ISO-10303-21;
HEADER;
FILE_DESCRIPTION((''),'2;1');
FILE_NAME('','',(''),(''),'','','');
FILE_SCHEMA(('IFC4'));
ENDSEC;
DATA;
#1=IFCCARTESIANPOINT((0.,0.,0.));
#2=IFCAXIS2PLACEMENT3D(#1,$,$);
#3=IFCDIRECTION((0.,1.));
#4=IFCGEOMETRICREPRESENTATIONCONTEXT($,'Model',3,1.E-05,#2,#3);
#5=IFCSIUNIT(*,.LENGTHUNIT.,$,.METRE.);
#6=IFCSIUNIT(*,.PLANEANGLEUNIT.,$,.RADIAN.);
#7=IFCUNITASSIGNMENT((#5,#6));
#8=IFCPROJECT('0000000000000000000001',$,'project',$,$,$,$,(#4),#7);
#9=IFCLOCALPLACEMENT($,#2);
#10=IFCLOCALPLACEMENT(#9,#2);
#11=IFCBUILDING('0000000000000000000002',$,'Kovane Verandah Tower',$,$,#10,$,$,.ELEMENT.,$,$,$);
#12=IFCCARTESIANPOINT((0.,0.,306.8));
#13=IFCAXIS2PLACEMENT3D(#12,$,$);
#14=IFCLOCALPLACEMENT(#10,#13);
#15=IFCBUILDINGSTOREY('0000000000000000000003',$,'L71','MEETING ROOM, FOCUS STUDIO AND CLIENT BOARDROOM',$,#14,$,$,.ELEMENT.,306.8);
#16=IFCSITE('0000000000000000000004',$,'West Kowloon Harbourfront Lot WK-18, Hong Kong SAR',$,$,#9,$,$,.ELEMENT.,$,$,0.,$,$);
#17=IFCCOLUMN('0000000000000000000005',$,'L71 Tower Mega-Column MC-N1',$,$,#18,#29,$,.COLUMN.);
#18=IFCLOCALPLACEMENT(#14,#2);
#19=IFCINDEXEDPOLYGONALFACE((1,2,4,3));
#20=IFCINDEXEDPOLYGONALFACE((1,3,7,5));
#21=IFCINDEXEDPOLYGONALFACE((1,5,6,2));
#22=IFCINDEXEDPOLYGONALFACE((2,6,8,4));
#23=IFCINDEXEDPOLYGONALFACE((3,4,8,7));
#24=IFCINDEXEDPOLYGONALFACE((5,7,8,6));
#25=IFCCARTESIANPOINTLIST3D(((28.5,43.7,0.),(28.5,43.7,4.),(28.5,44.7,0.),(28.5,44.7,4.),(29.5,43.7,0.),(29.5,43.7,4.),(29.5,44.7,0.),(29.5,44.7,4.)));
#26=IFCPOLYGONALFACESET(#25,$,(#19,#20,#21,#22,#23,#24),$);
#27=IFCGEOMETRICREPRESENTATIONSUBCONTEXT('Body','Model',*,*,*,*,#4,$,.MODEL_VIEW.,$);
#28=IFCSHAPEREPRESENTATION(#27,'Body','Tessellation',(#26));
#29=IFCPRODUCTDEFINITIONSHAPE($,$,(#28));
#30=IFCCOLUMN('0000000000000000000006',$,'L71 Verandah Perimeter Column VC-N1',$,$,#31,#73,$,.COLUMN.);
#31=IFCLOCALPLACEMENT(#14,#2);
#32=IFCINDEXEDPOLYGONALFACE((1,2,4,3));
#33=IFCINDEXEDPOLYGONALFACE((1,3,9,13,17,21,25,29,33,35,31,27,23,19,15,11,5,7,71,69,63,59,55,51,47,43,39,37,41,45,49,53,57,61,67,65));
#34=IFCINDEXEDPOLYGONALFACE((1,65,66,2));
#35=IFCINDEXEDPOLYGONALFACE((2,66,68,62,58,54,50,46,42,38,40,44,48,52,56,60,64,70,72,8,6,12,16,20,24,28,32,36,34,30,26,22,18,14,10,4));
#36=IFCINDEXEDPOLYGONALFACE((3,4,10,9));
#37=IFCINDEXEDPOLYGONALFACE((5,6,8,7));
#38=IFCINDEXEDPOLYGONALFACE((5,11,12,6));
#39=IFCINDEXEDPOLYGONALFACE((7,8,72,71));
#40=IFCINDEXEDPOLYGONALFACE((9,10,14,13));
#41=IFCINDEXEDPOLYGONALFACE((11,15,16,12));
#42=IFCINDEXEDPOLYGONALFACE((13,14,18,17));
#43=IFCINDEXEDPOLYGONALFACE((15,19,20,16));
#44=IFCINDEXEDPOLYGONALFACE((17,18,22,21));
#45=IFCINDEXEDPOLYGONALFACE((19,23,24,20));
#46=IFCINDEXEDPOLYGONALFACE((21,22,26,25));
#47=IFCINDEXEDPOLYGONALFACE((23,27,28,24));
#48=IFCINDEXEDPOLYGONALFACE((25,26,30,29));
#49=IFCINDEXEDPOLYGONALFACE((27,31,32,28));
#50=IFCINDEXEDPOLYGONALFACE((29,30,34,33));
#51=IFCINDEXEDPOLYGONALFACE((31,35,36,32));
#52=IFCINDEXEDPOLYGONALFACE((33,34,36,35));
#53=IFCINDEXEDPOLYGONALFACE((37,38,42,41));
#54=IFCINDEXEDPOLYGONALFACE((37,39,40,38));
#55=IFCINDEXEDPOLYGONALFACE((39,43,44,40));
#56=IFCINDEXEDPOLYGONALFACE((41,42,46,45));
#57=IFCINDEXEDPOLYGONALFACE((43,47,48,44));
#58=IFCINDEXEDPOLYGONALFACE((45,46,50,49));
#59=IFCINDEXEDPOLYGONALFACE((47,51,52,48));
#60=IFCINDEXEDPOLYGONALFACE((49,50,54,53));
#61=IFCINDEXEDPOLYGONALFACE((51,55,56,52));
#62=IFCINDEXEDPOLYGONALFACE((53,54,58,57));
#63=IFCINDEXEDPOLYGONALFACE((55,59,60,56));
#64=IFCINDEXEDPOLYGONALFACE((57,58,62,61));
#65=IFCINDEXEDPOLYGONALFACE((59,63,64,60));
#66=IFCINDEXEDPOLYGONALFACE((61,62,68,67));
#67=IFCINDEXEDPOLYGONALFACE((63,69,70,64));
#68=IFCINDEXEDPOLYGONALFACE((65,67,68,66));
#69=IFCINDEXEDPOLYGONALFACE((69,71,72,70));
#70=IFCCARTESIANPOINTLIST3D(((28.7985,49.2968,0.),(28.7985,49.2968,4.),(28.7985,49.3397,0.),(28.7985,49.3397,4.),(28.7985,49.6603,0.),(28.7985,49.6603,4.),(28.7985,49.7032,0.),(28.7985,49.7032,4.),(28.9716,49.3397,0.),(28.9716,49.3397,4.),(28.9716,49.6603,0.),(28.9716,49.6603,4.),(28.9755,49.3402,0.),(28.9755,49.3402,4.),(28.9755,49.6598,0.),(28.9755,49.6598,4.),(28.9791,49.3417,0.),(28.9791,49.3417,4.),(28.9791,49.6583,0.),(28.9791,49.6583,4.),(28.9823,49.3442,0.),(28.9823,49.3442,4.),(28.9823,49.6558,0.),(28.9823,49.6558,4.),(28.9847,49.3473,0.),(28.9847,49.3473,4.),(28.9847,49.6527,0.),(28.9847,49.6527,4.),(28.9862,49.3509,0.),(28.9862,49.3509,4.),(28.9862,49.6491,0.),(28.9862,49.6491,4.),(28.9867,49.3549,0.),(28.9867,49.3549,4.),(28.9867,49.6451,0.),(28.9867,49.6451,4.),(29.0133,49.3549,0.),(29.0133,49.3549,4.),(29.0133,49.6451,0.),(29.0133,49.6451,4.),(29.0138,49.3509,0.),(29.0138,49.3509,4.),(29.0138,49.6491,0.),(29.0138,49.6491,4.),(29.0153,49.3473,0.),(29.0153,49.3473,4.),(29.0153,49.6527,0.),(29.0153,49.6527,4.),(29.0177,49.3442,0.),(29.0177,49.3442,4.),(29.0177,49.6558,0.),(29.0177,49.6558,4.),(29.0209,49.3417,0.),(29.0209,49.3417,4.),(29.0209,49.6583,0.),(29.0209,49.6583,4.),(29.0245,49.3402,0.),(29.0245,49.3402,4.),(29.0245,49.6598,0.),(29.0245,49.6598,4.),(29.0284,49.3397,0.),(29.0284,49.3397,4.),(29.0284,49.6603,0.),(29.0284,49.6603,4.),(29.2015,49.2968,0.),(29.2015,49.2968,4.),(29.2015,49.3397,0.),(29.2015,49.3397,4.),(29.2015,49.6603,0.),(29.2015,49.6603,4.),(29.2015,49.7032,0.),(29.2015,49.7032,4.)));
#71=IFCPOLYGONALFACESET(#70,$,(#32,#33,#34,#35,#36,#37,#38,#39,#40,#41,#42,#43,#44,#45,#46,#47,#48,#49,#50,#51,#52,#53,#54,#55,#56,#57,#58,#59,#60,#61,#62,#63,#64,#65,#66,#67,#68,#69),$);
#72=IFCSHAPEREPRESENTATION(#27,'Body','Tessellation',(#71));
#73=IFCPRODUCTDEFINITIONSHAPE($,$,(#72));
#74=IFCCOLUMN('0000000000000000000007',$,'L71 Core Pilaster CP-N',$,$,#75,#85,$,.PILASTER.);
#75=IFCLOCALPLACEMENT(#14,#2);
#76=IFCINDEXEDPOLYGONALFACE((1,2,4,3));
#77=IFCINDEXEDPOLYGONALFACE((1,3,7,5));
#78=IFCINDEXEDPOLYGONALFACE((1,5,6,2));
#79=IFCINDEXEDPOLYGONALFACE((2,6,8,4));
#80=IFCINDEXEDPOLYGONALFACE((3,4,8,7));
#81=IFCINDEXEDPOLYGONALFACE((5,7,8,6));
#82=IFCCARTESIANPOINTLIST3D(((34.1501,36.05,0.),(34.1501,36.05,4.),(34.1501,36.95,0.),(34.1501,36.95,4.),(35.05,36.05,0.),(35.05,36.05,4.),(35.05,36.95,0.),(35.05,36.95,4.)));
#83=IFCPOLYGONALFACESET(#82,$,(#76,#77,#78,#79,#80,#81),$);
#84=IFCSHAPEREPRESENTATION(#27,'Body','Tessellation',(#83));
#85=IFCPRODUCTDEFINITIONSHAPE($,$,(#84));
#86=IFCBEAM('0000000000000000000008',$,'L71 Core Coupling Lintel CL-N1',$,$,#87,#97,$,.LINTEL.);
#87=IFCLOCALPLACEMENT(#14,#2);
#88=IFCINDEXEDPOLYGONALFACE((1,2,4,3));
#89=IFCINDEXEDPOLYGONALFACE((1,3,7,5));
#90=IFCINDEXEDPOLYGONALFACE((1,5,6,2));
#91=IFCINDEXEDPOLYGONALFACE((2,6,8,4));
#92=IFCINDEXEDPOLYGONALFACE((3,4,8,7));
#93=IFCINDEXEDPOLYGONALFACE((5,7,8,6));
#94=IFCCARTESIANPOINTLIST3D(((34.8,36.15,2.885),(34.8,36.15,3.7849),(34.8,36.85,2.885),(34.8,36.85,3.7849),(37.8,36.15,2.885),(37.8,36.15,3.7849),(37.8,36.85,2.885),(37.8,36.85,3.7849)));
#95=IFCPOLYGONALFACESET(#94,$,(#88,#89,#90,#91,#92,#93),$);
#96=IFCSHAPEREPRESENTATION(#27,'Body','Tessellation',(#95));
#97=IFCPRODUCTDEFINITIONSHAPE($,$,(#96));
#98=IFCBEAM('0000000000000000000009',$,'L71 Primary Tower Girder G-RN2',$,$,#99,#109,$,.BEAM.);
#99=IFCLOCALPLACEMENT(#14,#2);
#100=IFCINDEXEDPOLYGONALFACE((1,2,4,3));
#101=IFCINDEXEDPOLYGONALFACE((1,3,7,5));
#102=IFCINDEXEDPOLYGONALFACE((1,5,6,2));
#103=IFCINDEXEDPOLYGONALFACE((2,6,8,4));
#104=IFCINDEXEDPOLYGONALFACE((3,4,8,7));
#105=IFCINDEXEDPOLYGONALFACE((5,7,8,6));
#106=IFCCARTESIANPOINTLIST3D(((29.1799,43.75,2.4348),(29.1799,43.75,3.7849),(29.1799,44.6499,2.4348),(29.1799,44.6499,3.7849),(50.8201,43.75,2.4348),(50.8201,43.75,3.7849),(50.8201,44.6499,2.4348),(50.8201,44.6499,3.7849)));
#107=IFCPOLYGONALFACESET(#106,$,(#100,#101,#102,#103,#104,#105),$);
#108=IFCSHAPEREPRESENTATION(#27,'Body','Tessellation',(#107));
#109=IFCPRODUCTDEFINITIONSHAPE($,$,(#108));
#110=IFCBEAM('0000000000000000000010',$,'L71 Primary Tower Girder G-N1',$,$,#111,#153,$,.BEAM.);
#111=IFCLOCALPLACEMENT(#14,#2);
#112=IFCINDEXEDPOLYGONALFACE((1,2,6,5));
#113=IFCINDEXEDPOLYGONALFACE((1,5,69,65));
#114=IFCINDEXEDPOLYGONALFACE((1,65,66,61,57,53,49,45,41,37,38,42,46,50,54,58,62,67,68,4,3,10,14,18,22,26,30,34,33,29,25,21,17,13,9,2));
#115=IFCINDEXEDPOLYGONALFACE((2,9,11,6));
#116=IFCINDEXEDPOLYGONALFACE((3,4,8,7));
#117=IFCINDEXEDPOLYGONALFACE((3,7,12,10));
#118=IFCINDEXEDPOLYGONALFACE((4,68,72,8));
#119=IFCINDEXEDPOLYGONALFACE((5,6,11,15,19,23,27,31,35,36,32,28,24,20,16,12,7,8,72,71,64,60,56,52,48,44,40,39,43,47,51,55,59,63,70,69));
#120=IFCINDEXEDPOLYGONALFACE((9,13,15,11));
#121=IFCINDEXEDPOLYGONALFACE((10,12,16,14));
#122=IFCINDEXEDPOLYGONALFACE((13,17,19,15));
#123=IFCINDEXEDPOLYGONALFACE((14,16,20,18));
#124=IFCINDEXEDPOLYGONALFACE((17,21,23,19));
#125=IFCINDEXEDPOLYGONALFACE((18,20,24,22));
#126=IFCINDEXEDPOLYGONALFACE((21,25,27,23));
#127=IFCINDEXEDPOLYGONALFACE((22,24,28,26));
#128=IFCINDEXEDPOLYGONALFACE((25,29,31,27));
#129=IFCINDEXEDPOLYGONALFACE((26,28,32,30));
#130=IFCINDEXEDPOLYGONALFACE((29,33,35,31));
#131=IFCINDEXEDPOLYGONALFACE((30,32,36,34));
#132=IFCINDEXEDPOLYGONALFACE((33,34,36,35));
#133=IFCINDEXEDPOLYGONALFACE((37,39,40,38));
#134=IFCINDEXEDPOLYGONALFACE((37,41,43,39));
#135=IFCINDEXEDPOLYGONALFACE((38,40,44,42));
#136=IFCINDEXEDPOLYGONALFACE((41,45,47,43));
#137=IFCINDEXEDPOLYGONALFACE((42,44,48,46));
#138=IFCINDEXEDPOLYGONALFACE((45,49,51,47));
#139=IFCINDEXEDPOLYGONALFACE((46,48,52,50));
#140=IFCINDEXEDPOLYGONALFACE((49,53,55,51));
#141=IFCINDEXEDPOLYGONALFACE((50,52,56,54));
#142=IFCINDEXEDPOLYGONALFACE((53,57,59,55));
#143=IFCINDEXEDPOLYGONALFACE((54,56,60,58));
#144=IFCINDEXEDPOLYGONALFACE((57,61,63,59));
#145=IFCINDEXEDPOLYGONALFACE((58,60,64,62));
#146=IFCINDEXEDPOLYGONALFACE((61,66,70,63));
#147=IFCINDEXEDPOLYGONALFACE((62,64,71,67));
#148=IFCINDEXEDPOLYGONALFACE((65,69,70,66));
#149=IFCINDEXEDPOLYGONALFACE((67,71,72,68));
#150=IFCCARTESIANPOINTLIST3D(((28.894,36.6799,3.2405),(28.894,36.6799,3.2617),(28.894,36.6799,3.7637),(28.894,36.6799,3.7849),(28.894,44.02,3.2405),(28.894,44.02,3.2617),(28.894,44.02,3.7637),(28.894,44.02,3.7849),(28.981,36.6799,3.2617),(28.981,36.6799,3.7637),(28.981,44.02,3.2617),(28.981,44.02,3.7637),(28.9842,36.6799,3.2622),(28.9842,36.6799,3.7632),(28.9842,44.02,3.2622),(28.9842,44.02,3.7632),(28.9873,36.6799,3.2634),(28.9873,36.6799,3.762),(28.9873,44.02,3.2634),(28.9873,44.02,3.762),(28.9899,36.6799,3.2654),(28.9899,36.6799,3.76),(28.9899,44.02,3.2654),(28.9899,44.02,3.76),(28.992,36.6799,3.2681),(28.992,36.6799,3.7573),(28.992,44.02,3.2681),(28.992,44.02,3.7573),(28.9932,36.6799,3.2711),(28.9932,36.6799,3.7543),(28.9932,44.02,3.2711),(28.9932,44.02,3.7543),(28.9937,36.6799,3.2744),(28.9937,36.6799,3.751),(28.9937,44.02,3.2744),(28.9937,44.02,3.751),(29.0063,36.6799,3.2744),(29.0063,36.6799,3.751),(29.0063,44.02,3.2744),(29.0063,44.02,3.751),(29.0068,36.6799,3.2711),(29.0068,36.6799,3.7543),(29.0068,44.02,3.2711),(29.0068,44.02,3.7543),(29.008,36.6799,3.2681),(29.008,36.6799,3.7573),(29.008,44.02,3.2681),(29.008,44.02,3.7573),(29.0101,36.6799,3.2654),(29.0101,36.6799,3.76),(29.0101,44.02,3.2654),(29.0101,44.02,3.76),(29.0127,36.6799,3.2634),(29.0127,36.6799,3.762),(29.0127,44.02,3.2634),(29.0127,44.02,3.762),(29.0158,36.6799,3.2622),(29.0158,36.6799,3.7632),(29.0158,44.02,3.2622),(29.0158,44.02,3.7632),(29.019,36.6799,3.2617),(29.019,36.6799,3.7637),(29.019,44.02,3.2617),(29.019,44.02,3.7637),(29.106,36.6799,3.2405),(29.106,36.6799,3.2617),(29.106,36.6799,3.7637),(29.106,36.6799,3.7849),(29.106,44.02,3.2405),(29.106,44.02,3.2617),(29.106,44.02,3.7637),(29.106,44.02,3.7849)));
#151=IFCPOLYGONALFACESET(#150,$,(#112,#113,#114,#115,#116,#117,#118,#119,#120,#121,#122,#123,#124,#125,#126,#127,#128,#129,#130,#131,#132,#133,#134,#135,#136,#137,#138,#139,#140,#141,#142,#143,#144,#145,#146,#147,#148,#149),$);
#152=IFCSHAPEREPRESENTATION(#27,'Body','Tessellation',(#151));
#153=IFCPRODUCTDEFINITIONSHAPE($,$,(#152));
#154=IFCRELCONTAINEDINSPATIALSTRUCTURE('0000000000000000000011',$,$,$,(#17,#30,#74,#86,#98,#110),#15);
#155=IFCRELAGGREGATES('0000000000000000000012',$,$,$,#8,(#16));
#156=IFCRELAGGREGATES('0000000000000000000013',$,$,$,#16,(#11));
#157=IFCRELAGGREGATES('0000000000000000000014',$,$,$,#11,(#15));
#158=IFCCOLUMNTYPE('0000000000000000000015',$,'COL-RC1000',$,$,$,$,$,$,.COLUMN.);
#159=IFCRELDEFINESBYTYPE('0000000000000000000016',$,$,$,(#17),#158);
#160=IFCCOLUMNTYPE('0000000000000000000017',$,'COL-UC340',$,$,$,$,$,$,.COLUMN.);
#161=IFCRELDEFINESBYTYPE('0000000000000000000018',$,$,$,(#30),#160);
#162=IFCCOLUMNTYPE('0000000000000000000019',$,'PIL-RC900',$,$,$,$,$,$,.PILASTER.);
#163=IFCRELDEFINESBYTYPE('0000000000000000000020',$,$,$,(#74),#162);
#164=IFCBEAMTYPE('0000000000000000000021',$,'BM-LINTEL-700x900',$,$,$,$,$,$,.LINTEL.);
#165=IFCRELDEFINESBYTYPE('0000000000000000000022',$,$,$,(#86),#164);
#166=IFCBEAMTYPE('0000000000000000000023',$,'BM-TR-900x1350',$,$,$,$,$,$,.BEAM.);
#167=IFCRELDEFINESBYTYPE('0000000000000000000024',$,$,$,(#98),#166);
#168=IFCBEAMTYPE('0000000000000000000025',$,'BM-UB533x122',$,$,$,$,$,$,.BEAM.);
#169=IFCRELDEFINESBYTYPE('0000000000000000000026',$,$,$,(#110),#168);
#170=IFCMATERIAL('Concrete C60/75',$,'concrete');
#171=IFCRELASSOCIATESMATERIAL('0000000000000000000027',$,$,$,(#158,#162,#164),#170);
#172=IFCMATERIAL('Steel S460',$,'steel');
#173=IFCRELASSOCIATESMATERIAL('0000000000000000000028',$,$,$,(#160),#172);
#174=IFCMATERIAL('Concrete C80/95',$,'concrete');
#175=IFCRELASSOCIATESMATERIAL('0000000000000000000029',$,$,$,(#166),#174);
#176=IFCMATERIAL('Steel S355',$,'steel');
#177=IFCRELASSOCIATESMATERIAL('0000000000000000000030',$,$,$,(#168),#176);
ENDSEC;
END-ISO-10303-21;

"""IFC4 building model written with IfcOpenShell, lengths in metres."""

from ifc_helpers import new_model, si_unit, direction, frame, origin, origin_2d, place, context, subcontext, project, spatial, rectangle, i_section, extrude, material, material_profile, profile_set, type_object, element, save


model = new_model("IFC4")

# Units and contexts
model_context = context("Model", 3, precision=1e-05, world=origin(), true_north=direction((0.0, 1.0)))
body_context = subcontext(model_context, "Body", "Model", "MODEL_VIEW")
ifc_project = project(units=[si_unit("LENGTHUNIT", "METRE"), si_unit("PLANEANGLEUNIT", "RADIAN")], contexts=[model_context])

# Site, building, storey
site_placement = place(None, origin())
site = spatial("IfcSite", under=ifc_project, at=site_placement, Name="West Kowloon Harbourfront Lot WK-18, Hong Kong SAR", CompositionType="ELEMENT", RefElevation=0.0)
building_placement = place(site_placement, origin())
building = spatial("IfcBuilding", under=site, at=building_placement, Name="Kovane Verandah Tower", CompositionType="ELEMENT")
storey_placement = place(building_placement, frame((0.0, 0.0, 306.8)))
storey = spatial("IfcBuildingStorey", under=building, at=storey_placement, Name="L71", Description="MEETING ROOM, FOCUS STUDIO AND CLIENT BOARDROOM", CompositionType="ELEMENT", Elevation=306.8)

# Columns
ifc_material_1 = material(Name="Concrete C60/75", Category="concrete")
ifc_material_profile_1 = material_profile(ifc_material_1, rectangle(XDim=1.0, YDim=1.0, at=origin_2d()), Name="RC1000x1000")
ifc_profile_set_1 = profile_set([ifc_material_profile_1], Name="Concrete C60/75")
column_type_1 = type_object("IfcColumnType", Name="COL-RC1000", PredefinedType="COLUMN", material=ifc_profile_set_1)
column_1_placement = place(storey_placement, frame((29.0, 44.2, 0.0), z_axis=(0.0, 0.0, 1.0), x_axis=(1.0, 0.0, 0.0)))
element("IfcColumn", 1, at=column_1_placement, inside=storey, type_object=column_type_1, Name="L71 Tower Mega-Column MC-N1", PredefinedType="COLUMN", context=body_context, shape_type="SweptSolid", body=[
    extrude(rectangle(XDim=1.0, YDim=1.0, at=origin_2d()), origin(), (0.0, 0.0, 1.0), 4.0),
])
ifc_material_2 = material(Name="Steel S460", Category="steel")
ifc_material_profile_2 = material_profile(ifc_material_2, i_section(OverallWidth=0.4031, OverallDepth=0.4065, WebThickness=0.0266, FlangeThickness=0.043, FilletRadius=0.0151, at=origin_2d()), Name="UC356x406x340")
ifc_profile_set_2 = profile_set([ifc_material_profile_2], Name="Steel S460")
column_type_2 = type_object("IfcColumnType", Name="COL-UC340", PredefinedType="COLUMN", material=ifc_profile_set_2)
column_2_placement = place(storey_placement, frame((29.0, 49.5, 0.0), z_axis=(0.0, 0.0, 1.0), x_axis=(1.0, 0.0, 0.0)))
element("IfcColumn", 2, at=column_2_placement, inside=storey, type_object=column_type_2, Name="L71 Verandah Perimeter Column VC-N1", PredefinedType="COLUMN", context=body_context, shape_type="SweptSolid", body=[
    extrude(i_section(OverallWidth=0.4031, OverallDepth=0.4065, WebThickness=0.0266, FlangeThickness=0.043, FilletRadius=0.0151, at=origin_2d()), origin(), (0.0, 0.0, 1.0), 4.0),
])
ifc_material_profile_3 = material_profile(ifc_material_1, rectangle(XDim=0.8999, YDim=0.8999, at=origin_2d()), Name="RC900x900")
ifc_profile_set_3 = profile_set([ifc_material_profile_3], Name="Concrete C60/75")
column_type_3 = type_object("IfcColumnType", Name="PIL-RC900", PredefinedType="PILASTER", material=ifc_profile_set_3)
column_3_placement = place(storey_placement, frame((34.6001, 36.5, 0.0), z_axis=(0.0, 0.0, 1.0), x_axis=(1.0, 0.0, 0.0)))
element("IfcColumn", 3, at=column_3_placement, inside=storey, type_object=column_type_3, Name="L71 Core Pilaster CP-N", PredefinedType="PILASTER", context=body_context, shape_type="SweptSolid", body=[
    extrude(rectangle(XDim=0.8999, YDim=0.8999, at=origin_2d()), origin(), (0.0, 0.0, 1.0), 4.0),
])

# Beams
ifc_material_profile_4 = material_profile(ifc_material_1, rectangle(XDim=0.7, YDim=0.8999, at=origin_2d()), Name="RCB700x900")
ifc_profile_set_4 = profile_set([ifc_material_profile_4], Name="Concrete C60/75")
beam_type_1 = type_object("IfcBeamType", Name="BM-LINTEL-700x900", PredefinedType="LINTEL", material=ifc_profile_set_4)
beam_1_placement = place(storey_placement, frame((34.8, 36.5, 3.335), z_axis=(1.0, 0.0, 0.0), x_axis=(0.0, 1.0, 0.0)))
element("IfcBeam", 4, at=beam_1_placement, inside=storey, type_object=beam_type_1, Name="L71 Core Coupling Lintel CL-N1", PredefinedType="LINTEL", context=body_context, shape_type="SweptSolid", body=[
    extrude(rectangle(XDim=0.7, YDim=0.8999, at=origin_2d()), origin(), (0.0, 0.0, 1.0), 3.0),
])
ifc_material_3 = material(Name="Concrete C80/95", Category="concrete")
ifc_material_profile_5 = material_profile(ifc_material_3, rectangle(XDim=0.8999, YDim=1.3501, at=origin_2d()), Name="RCB900x1350")
ifc_profile_set_5 = profile_set([ifc_material_profile_5], Name="Concrete C80/95")
beam_type_2 = type_object("IfcBeamType", Name="BM-TR-900x1350", PredefinedType="BEAM", material=ifc_profile_set_5)
beam_2_placement = place(storey_placement, frame((29.1799, 44.2, 3.1099), z_axis=(1.0, 0.0, 0.0), x_axis=(0.0, 1.0, 0.0)))
element("IfcBeam", 5, at=beam_2_placement, inside=storey, type_object=beam_type_2, Name="L71 Primary Tower Girder G-RN2", PredefinedType="BEAM", context=body_context, shape_type="SweptSolid", body=[
    extrude(rectangle(XDim=0.8999, YDim=1.3501, at=origin_2d()), origin(), (0.0, 0.0, 1.0), 21.6401),
])
ifc_material_4 = material(Name="Steel S355", Category="steel")
ifc_material_profile_6 = material_profile(ifc_material_4, i_section(OverallWidth=0.2119, OverallDepth=0.5444, WebThickness=0.0127, FlangeThickness=0.0212, FilletRadius=0.0127, at=origin_2d()), Name="UB533x210x122")
ifc_profile_set_6 = profile_set([ifc_material_profile_6], Name="Steel S355")
beam_type_3 = type_object("IfcBeamType", Name="BM-UB533x122", PredefinedType="BEAM", material=ifc_profile_set_6)
beam_3_placement = place(storey_placement, frame((29.0, 36.6799, 3.5127), z_axis=(0.0, 1.0, 0.0), x_axis=(-1.0, 0.0, 0.0)))
element("IfcBeam", 6, at=beam_3_placement, inside=storey, type_object=beam_type_3, Name="L71 Primary Tower Girder G-N1", PredefinedType="BEAM", context=body_context, shape_type="SweptSolid", body=[
    extrude(i_section(OverallWidth=0.2119, OverallDepth=0.5444, WebThickness=0.0127, FlangeThickness=0.0212, FilletRadius=0.0127, at=origin_2d()), origin(), (0.0, 0.0, 1.0), 7.3401),
])

save(model, "model.ifc")
